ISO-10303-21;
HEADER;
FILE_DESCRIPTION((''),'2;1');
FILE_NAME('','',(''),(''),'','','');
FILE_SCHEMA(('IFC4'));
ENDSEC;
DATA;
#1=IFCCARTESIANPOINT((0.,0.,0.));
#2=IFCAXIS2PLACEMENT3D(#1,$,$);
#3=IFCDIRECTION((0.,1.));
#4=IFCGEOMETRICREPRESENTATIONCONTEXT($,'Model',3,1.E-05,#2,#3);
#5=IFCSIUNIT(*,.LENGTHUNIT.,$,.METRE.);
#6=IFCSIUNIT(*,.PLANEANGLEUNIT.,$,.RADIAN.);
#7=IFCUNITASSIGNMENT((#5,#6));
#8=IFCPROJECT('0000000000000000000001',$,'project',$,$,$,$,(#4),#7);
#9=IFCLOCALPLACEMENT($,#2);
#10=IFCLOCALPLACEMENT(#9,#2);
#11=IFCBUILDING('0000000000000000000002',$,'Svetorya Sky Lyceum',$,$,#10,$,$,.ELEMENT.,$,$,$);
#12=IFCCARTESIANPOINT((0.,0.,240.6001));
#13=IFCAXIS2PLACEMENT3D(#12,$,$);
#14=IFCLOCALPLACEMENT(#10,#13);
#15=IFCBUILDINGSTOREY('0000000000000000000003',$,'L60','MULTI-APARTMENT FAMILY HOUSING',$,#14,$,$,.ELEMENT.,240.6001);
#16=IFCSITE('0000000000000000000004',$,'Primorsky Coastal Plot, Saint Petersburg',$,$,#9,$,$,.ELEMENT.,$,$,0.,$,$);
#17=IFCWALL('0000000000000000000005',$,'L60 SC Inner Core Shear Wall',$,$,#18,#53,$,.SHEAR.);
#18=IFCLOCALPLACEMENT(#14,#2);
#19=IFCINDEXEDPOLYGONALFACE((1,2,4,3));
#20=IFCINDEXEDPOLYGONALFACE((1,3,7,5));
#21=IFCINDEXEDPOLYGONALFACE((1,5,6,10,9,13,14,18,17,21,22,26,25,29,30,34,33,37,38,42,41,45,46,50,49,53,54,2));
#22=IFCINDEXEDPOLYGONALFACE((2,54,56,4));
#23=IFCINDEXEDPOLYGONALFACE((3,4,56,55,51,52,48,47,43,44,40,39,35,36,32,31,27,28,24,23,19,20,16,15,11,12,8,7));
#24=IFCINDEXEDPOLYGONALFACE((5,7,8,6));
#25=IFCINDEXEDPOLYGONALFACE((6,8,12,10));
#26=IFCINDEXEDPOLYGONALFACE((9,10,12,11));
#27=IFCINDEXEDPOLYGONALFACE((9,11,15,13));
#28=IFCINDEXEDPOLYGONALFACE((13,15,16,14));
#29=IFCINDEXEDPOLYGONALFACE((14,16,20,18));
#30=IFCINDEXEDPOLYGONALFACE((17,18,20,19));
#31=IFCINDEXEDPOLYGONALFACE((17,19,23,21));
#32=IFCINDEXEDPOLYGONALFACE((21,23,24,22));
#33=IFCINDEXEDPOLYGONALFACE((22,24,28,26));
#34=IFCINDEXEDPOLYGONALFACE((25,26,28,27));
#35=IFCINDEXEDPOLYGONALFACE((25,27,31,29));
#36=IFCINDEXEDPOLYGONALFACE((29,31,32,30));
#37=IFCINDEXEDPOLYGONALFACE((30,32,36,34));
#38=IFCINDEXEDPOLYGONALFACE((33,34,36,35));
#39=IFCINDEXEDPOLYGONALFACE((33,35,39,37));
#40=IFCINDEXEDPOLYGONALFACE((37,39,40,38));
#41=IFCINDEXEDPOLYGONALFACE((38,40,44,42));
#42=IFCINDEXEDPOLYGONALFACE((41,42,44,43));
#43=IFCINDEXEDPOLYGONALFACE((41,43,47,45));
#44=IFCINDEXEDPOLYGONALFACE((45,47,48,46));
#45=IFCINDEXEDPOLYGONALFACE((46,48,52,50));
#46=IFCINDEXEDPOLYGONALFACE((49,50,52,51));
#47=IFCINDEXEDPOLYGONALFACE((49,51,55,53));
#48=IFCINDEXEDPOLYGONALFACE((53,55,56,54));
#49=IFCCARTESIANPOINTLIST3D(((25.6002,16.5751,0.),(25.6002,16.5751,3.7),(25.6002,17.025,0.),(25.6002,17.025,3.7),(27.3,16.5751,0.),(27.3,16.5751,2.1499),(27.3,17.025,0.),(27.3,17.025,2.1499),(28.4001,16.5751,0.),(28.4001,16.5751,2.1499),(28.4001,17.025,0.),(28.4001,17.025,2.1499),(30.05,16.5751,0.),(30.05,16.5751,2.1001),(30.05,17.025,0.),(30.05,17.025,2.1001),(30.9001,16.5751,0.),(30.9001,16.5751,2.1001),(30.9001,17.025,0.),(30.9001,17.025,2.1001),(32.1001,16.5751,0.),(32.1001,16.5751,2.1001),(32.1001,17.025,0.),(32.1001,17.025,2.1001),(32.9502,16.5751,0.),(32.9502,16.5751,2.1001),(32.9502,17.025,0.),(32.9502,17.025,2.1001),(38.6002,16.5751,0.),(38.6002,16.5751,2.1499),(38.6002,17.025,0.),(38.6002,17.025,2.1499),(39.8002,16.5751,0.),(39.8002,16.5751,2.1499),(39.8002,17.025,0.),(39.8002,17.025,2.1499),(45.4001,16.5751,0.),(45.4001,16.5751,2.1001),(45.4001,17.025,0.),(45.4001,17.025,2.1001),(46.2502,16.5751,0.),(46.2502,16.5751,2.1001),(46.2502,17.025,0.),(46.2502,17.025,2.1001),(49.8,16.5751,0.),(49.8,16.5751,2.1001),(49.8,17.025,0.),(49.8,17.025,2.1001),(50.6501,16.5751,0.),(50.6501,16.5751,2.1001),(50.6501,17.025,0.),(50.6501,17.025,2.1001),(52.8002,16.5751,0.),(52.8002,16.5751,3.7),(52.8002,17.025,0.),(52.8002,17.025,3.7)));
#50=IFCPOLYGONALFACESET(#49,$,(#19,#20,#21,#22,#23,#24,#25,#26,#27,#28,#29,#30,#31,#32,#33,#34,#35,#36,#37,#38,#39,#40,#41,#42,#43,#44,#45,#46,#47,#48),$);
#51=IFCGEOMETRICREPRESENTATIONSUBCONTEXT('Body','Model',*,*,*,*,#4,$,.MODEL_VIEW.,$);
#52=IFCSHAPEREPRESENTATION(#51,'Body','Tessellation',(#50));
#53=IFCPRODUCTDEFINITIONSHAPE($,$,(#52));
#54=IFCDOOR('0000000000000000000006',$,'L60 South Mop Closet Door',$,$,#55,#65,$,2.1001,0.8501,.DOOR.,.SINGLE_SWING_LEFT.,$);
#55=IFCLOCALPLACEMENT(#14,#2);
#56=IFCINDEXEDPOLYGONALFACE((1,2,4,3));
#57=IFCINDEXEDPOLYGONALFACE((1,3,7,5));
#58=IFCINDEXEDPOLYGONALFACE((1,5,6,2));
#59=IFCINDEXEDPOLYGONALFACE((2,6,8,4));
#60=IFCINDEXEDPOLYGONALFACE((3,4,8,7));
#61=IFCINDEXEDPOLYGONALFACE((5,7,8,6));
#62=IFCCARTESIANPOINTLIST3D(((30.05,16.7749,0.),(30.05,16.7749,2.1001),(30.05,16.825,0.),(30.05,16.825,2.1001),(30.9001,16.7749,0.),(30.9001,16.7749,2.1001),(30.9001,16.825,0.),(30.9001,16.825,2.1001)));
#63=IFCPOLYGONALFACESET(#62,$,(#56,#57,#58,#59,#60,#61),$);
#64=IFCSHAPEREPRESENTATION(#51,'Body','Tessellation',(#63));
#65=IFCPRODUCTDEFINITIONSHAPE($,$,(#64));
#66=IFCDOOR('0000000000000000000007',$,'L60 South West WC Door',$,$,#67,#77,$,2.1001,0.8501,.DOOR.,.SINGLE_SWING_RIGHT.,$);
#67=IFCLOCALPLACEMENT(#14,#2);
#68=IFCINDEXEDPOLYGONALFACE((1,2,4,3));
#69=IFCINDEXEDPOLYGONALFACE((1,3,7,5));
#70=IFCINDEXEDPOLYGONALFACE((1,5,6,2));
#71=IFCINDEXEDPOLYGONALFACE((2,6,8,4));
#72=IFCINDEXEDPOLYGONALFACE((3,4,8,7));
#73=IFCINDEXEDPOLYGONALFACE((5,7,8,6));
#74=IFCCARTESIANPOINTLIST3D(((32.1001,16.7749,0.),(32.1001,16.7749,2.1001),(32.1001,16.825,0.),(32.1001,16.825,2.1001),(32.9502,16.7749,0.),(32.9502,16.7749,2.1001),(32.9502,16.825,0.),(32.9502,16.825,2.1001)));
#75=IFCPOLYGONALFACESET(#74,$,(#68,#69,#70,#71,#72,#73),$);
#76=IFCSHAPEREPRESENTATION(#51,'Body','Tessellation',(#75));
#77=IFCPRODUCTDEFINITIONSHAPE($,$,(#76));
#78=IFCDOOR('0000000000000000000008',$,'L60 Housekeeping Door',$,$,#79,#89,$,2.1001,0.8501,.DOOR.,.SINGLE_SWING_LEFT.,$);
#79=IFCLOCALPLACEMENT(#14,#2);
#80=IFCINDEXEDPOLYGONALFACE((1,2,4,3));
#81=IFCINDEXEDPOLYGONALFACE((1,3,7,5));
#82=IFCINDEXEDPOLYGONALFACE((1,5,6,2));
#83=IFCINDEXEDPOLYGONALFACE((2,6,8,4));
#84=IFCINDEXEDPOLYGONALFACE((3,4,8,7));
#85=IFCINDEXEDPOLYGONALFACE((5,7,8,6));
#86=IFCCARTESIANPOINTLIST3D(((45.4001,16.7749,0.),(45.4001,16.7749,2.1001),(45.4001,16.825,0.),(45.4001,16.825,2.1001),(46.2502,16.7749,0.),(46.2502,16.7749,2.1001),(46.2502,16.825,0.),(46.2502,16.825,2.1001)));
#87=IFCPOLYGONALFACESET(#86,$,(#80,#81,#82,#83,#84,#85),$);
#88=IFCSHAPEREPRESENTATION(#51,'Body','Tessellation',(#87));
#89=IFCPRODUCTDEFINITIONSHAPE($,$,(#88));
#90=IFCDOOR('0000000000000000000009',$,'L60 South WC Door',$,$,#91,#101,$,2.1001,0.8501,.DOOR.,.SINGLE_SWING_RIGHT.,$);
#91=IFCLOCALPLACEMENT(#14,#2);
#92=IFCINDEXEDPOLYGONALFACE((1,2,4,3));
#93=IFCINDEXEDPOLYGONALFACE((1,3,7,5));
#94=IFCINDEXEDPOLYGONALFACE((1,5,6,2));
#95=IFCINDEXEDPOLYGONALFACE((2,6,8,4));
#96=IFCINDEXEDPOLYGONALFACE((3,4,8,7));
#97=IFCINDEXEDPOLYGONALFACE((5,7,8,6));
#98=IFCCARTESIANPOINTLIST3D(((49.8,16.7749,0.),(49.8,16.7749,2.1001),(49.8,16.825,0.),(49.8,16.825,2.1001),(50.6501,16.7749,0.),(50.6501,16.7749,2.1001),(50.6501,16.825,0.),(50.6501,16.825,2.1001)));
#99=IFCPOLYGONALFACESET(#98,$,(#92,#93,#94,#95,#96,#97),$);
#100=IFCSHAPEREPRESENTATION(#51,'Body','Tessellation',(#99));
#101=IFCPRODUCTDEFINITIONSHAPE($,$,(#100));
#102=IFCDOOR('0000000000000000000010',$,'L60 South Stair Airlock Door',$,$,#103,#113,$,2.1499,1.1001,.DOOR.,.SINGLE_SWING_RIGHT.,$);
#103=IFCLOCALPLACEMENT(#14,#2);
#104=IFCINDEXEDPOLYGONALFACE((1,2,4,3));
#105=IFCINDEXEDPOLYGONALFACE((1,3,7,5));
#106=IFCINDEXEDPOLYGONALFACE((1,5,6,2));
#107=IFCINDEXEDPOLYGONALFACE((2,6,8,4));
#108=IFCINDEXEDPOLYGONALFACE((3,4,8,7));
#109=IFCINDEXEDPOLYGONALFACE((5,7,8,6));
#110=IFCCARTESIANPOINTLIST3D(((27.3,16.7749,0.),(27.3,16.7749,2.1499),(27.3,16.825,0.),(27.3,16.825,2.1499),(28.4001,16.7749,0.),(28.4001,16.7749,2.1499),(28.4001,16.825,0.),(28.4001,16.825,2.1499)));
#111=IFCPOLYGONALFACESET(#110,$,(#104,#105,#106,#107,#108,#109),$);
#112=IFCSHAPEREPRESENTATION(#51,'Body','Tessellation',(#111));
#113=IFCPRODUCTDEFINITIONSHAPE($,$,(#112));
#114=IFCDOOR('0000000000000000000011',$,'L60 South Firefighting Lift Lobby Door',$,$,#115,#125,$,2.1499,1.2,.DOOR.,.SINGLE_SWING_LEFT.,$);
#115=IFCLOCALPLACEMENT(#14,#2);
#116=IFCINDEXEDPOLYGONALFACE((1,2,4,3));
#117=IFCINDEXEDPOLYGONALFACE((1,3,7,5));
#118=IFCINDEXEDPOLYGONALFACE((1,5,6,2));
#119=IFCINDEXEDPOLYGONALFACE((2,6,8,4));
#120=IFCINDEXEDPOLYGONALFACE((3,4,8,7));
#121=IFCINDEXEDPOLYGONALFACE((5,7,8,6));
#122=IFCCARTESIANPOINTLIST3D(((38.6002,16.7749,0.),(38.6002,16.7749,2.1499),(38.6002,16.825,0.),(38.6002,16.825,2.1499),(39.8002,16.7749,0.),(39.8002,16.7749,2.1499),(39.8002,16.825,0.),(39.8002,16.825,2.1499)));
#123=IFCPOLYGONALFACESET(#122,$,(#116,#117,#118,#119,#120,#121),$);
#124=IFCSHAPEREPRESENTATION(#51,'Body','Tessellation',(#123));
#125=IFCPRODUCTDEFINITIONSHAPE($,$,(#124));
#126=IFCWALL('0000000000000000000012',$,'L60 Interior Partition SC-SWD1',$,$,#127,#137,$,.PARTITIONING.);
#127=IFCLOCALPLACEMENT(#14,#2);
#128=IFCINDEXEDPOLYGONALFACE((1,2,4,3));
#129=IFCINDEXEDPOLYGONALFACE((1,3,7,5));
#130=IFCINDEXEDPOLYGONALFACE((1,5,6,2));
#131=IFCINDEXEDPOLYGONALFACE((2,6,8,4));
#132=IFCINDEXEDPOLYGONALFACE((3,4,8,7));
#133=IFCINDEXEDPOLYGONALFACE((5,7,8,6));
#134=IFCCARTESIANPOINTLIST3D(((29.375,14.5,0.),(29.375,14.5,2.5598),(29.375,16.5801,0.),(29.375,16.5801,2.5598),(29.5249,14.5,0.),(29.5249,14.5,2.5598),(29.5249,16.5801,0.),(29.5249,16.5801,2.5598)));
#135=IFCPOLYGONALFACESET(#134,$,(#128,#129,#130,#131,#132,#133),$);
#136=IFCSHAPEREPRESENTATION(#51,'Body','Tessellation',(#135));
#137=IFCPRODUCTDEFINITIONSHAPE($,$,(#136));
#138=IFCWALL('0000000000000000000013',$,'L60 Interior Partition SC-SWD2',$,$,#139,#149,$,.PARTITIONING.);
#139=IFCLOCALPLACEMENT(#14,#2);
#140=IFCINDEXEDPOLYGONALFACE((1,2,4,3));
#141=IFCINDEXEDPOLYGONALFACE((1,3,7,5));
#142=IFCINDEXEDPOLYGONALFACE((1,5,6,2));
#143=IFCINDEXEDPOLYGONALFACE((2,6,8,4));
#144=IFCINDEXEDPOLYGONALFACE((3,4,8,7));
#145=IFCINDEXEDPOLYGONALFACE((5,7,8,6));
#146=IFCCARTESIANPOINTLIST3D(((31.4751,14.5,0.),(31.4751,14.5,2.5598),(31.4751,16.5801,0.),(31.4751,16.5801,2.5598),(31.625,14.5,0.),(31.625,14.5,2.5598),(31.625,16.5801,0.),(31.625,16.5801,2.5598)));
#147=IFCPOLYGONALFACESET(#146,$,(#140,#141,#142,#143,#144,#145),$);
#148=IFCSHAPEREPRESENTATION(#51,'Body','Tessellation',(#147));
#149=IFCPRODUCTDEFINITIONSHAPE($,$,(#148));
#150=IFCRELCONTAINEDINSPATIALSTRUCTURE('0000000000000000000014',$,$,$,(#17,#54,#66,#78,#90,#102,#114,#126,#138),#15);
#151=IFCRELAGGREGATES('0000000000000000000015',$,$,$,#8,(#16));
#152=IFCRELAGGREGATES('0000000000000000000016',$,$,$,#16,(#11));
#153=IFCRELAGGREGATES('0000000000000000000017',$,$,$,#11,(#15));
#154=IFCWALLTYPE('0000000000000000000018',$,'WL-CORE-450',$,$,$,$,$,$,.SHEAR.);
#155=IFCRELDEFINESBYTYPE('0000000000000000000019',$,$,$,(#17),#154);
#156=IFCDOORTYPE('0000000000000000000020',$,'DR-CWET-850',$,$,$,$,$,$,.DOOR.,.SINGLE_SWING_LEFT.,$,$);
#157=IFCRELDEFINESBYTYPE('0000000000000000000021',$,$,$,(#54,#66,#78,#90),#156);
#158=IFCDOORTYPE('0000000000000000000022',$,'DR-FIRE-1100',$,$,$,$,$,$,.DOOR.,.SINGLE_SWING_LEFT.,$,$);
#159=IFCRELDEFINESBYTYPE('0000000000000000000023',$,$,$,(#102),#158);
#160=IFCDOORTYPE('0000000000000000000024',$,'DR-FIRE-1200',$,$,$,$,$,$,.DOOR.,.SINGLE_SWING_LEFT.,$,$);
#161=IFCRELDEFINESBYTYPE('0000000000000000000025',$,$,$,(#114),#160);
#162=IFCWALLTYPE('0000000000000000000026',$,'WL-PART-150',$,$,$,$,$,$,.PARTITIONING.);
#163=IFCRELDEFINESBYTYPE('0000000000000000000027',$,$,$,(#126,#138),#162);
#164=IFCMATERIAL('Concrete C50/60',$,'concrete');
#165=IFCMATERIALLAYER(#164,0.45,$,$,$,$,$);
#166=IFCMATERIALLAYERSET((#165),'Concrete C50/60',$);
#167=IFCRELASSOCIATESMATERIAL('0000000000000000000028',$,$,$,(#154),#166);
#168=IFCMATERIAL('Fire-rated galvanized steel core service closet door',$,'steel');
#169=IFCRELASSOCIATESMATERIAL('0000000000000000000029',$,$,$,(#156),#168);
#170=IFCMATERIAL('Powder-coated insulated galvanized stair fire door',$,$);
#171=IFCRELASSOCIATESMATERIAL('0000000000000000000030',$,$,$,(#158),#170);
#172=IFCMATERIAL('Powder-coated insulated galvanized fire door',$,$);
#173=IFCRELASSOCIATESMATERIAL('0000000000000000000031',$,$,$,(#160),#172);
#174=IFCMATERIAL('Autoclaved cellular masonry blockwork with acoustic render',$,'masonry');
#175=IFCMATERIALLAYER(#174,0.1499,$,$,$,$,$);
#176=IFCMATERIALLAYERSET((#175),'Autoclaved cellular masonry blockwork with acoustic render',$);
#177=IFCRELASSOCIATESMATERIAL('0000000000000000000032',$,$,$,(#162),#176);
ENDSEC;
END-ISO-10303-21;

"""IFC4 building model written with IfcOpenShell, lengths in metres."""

from ifc_helpers import new_model, si_unit, direction, frame, frame_2d, origin, place, context, subcontext, project, spatial, rectangle, extrude, material, layer, layer_set, type_object, element, fill, save


model = new_model("IFC4")

# Units and contexts
model_context = context("Model", 3, precision=1e-05, world=origin(), true_north=direction((0.0, 1.0)))
body_context = subcontext(model_context, "Body", "Model", "MODEL_VIEW")
ifc_project = project(units=[si_unit("LENGTHUNIT", "METRE"), si_unit("PLANEANGLEUNIT", "RADIAN")], contexts=[model_context])

# Site, building, storey
site_placement = place(None, origin())
site = spatial("IfcSite", under=ifc_project, at=site_placement, Name="Primorsky Coastal Plot, Saint Petersburg", CompositionType="ELEMENT", RefElevation=0.0)
building_placement = place(site_placement, origin())
building = spatial("IfcBuilding", under=site, at=building_placement, Name="Svetorya Sky Lyceum", CompositionType="ELEMENT")
storey_placement = place(building_placement, frame((0.0, 0.0, 240.6001)))
storey = spatial("IfcBuildingStorey", under=building, at=storey_placement, Name="L60", Description="MULTI-APARTMENT FAMILY HOUSING", CompositionType="ELEMENT", Elevation=240.6001)

# Shared definitions
ifc_material_1 = material(Name="Concrete C50/60", Category="concrete")

# Wall, openings, doors
ifc_layer_1 = layer(ifc_material_1, 0.45)
ifc_layer_set_1 = layer_set([ifc_layer_1], Name="Concrete C50/60")
wall_type_1 = type_object("IfcWallType", Name="WL-CORE-450", PredefinedType="SHEAR", material=ifc_layer_set_1)
wall_1_placement = place(storey_placement, frame((25.6001, 16.8, 0.0), z_axis=(0.0, 0.0, 1.0), x_axis=(1.0, 0.0, 0.0)))
wall_1 = element("IfcWall", 1, at=wall_1_placement, inside=storey, type_object=wall_type_1, Name="L60 SC Inner Core Shear Wall", PredefinedType="SHEAR", context=body_context, shape_type="SweptSolid", body=[
    extrude(rectangle(XDim=27.2, YDim=0.45, at=frame_2d((13.6001, 0.0))), origin(), (0.0, 0.0, 1.0), 3.7),
])
opening_1_placement = place(wall_1_placement, frame((1.7, 0.0, 0.0)))
opening_1 = element("IfcOpeningElement", 2, at=opening_1_placement, cuts=wall_1, PredefinedType="OPENING", context=body_context, shape_type="SweptSolid", body=[
    extrude(rectangle(XDim=1.1001, YDim=2.1499, at=frame_2d((0.55, 1.075))), frame((0.0, 0.2349, 0.0), z_axis=(0.0, -1.0, 0.0), x_axis=(1.0, 0.0, 0.0)), (0.0, 0.0, 1.0), 0.47),
])
opening_2_placement = place(wall_1_placement, frame((4.45, 0.0, 0.0)))
opening_2 = element("IfcOpeningElement", 3, at=opening_2_placement, cuts=wall_1, PredefinedType="OPENING", context=body_context, shape_type="SweptSolid", body=[
    extrude(rectangle(XDim=0.8501, YDim=2.1001, at=frame_2d((0.425, 1.05))), frame((0.0, 0.2349, 0.0), z_axis=(0.0, -1.0, 0.0), x_axis=(1.0, 0.0, 0.0)), (0.0, 0.0, 1.0), 0.47),
])
opening_3_placement = place(wall_1_placement, frame((6.5, 0.0, 0.0)))
opening_3 = element("IfcOpeningElement", 4, at=opening_3_placement, cuts=wall_1, PredefinedType="OPENING", context=body_context, shape_type="SweptSolid", body=[
    extrude(rectangle(XDim=0.8501, YDim=2.1001, at=frame_2d((0.425, 1.05))), frame((0.0, 0.2349, 0.0), z_axis=(0.0, -1.0, 0.0), x_axis=(1.0, 0.0, 0.0)), (0.0, 0.0, 1.0), 0.47),
])
opening_4_placement = place(wall_1_placement, frame((13.0, 0.0, 0.0)))
opening_4 = element("IfcOpeningElement", 5, at=opening_4_placement, cuts=wall_1, PredefinedType="OPENING", context=body_context, shape_type="SweptSolid", body=[
    extrude(rectangle(XDim=1.2, YDim=2.1499, at=frame_2d((0.6001, 1.075))), frame((0.0, 0.2349, 0.0), z_axis=(0.0, -1.0, 0.0), x_axis=(1.0, 0.0, 0.0)), (0.0, 0.0, 1.0), 0.47),
])
opening_5_placement = place(wall_1_placement, frame((19.8, 0.0, 0.0)))
opening_5 = element("IfcOpeningElement", 6, at=opening_5_placement, cuts=wall_1, PredefinedType="OPENING", context=body_context, shape_type="SweptSolid", body=[
    extrude(rectangle(XDim=0.8501, YDim=2.1001, at=frame_2d((0.425, 1.05))), frame((0.0, 0.2349, 0.0), z_axis=(0.0, -1.0, 0.0), x_axis=(1.0, 0.0, 0.0)), (0.0, 0.0, 1.0), 0.47),
])
opening_6_placement = place(wall_1_placement, frame((24.2, 0.0, 0.0)))
opening_6 = element("IfcOpeningElement", 7, at=opening_6_placement, cuts=wall_1, PredefinedType="OPENING", context=body_context, shape_type="SweptSolid", body=[
    extrude(rectangle(XDim=0.8501, YDim=2.1001, at=frame_2d((0.425, 1.05))), frame((0.0, 0.2349, 0.0), z_axis=(0.0, -1.0, 0.0), x_axis=(1.0, 0.0, 0.0)), (0.0, 0.0, 1.0), 0.47),
])
ifc_material_2 = material(Name="Fire-rated galvanized steel core service closet door", Category="steel")
door_type_1 = type_object("IfcDoorType", Name="DR-CWET-850", OperationType="SINGLE_SWING_LEFT", PredefinedType="DOOR", material=ifc_material_2)
door_1_placement = place(opening_2_placement, origin())
door_1 = element("IfcDoor", 8, at=door_1_placement, inside=storey, type_object=door_type_1, Name="L60 South Mop Closet Door", OperationType="SINGLE_SWING_LEFT", OverallHeight=2.1001, OverallWidth=0.8501, PredefinedType="DOOR", context=body_context, shape_type="SweptSolid", body=[
    extrude(rectangle(XDim=0.8501, YDim=2.1001, at=frame_2d((0.425, 1.05))), frame((0.0, 0.0249, 0.0), z_axis=(0.0, -1.0, 0.0), x_axis=(1.0, 0.0, 0.0)), (0.0, 0.0, 1.0), 0.05),
])
fill(opening_2, door_1)
door_2_placement = place(opening_3_placement, origin())
door_2 = element("IfcDoor", 9, at=door_2_placement, inside=storey, type_object=door_type_1, Name="L60 South West WC Door", OperationType="SINGLE_SWING_RIGHT", OverallHeight=2.1001, OverallWidth=0.8501, PredefinedType="DOOR", context=body_context, shape_type="SweptSolid", body=[
    extrude(rectangle(XDim=0.8501, YDim=2.1001, at=frame_2d((0.425, 1.05))), frame((0.0, 0.0249, 0.0), z_axis=(0.0, -1.0, 0.0), x_axis=(1.0, 0.0, 0.0)), (0.0, 0.0, 1.0), 0.05),
])
fill(opening_3, door_2)
door_3_placement = place(opening_5_placement, origin())
door_3 = element("IfcDoor", 10, at=door_3_placement, inside=storey, type_object=door_type_1, Name="L60 Housekeeping Door", OperationType="SINGLE_SWING_LEFT", OverallHeight=2.1001, OverallWidth=0.8501, PredefinedType="DOOR", context=body_context, shape_type="SweptSolid", body=[
    extrude(rectangle(XDim=0.8501, YDim=2.1001, at=frame_2d((0.425, 1.05))), frame((0.0, 0.0249, 0.0), z_axis=(0.0, -1.0, 0.0), x_axis=(1.0, 0.0, 0.0)), (0.0, 0.0, 1.0), 0.05),
])
fill(opening_5, door_3)
door_4_placement = place(opening_6_placement, origin())
door_4 = element("IfcDoor", 11, at=door_4_placement, inside=storey, type_object=door_type_1, Name="L60 South WC Door", OperationType="SINGLE_SWING_RIGHT", OverallHeight=2.1001, OverallWidth=0.8501, PredefinedType="DOOR", context=body_context, shape_type="SweptSolid", body=[
    extrude(rectangle(XDim=0.8501, YDim=2.1001, at=frame_2d((0.425, 1.05))), frame((0.0, 0.0249, 0.0), z_axis=(0.0, -1.0, 0.0), x_axis=(1.0, 0.0, 0.0)), (0.0, 0.0, 1.0), 0.05),
])
fill(opening_6, door_4)
ifc_material_3 = material(Name="Powder-coated insulated galvanized stair fire door")
door_type_2 = type_object("IfcDoorType", Name="DR-FIRE-1100", OperationType="SINGLE_SWING_LEFT", PredefinedType="DOOR", material=ifc_material_3)
door_5_placement = place(opening_1_placement, origin())
door_5 = element("IfcDoor", 12, at=door_5_placement, inside=storey, type_object=door_type_2, Name="L60 South Stair Airlock Door", OperationType="SINGLE_SWING_RIGHT", OverallHeight=2.1499, OverallWidth=1.1001, PredefinedType="DOOR", context=body_context, shape_type="SweptSolid", body=[
    extrude(rectangle(XDim=1.1001, YDim=2.1499, at=frame_2d((0.55, 1.075))), frame((0.0, 0.0249, 0.0), z_axis=(0.0, -1.0, 0.0), x_axis=(1.0, 0.0, 0.0)), (0.0, 0.0, 1.0), 0.05),
])
fill(opening_1, door_5)
ifc_material_4 = material(Name="Powder-coated insulated galvanized fire door")
door_type_3 = type_object("IfcDoorType", Name="DR-FIRE-1200", OperationType="SINGLE_SWING_LEFT", PredefinedType="DOOR", material=ifc_material_4)
door_6_placement = place(opening_4_placement, origin())
door_6 = element("IfcDoor", 13, at=door_6_placement, inside=storey, type_object=door_type_3, Name="L60 South Firefighting Lift Lobby Door", OperationType="SINGLE_SWING_LEFT", OverallHeight=2.1499, OverallWidth=1.2, PredefinedType="DOOR", context=body_context, shape_type="SweptSolid", body=[
    extrude(rectangle(XDim=1.2, YDim=2.1499, at=frame_2d((0.6001, 1.075))), frame((0.0, 0.0249, 0.0), z_axis=(0.0, -1.0, 0.0), x_axis=(1.0, 0.0, 0.0)), (0.0, 0.0, 1.0), 0.05),
])
fill(opening_4, door_6)

# Walls
ifc_material_5 = material(Name="Autoclaved cellular masonry blockwork with acoustic render", Category="masonry")
ifc_layer_2 = layer(ifc_material_5, 0.1499)
ifc_layer_set_2 = layer_set([ifc_layer_2], Name="Autoclaved cellular masonry blockwork with acoustic render")
wall_type_2 = type_object("IfcWallType", Name="WL-PART-150", PredefinedType="PARTITIONING", material=ifc_layer_set_2)
for number, where, z_axis, x_axis, name in (
    (14, (29.45, 14.5, 0.0), (0.0, 0.0, 1.0), (0.0, 1.0, 0.0), "L60 Interior Partition SC-SWD1"),
    (15, (31.55, 14.5, 0.0), (0.0, 0.0, 1.0), (0.0, 1.0, 0.0), "L60 Interior Partition SC-SWD2"),
):
    element("IfcWall", number, at=place(storey_placement, frame(where, z_axis=z_axis, x_axis=x_axis)), inside=storey, type_object=wall_type_2, Name=name, PredefinedType="PARTITIONING", context=body_context, shape_type="SweptSolid", body=[
        extrude(rectangle(XDim=2.0801, YDim=0.1499, at=frame_2d((1.04, 0.0))), origin(), (0.0, 0.0, 1.0), 2.5598),
    ])

save(model, "model.ifc")
